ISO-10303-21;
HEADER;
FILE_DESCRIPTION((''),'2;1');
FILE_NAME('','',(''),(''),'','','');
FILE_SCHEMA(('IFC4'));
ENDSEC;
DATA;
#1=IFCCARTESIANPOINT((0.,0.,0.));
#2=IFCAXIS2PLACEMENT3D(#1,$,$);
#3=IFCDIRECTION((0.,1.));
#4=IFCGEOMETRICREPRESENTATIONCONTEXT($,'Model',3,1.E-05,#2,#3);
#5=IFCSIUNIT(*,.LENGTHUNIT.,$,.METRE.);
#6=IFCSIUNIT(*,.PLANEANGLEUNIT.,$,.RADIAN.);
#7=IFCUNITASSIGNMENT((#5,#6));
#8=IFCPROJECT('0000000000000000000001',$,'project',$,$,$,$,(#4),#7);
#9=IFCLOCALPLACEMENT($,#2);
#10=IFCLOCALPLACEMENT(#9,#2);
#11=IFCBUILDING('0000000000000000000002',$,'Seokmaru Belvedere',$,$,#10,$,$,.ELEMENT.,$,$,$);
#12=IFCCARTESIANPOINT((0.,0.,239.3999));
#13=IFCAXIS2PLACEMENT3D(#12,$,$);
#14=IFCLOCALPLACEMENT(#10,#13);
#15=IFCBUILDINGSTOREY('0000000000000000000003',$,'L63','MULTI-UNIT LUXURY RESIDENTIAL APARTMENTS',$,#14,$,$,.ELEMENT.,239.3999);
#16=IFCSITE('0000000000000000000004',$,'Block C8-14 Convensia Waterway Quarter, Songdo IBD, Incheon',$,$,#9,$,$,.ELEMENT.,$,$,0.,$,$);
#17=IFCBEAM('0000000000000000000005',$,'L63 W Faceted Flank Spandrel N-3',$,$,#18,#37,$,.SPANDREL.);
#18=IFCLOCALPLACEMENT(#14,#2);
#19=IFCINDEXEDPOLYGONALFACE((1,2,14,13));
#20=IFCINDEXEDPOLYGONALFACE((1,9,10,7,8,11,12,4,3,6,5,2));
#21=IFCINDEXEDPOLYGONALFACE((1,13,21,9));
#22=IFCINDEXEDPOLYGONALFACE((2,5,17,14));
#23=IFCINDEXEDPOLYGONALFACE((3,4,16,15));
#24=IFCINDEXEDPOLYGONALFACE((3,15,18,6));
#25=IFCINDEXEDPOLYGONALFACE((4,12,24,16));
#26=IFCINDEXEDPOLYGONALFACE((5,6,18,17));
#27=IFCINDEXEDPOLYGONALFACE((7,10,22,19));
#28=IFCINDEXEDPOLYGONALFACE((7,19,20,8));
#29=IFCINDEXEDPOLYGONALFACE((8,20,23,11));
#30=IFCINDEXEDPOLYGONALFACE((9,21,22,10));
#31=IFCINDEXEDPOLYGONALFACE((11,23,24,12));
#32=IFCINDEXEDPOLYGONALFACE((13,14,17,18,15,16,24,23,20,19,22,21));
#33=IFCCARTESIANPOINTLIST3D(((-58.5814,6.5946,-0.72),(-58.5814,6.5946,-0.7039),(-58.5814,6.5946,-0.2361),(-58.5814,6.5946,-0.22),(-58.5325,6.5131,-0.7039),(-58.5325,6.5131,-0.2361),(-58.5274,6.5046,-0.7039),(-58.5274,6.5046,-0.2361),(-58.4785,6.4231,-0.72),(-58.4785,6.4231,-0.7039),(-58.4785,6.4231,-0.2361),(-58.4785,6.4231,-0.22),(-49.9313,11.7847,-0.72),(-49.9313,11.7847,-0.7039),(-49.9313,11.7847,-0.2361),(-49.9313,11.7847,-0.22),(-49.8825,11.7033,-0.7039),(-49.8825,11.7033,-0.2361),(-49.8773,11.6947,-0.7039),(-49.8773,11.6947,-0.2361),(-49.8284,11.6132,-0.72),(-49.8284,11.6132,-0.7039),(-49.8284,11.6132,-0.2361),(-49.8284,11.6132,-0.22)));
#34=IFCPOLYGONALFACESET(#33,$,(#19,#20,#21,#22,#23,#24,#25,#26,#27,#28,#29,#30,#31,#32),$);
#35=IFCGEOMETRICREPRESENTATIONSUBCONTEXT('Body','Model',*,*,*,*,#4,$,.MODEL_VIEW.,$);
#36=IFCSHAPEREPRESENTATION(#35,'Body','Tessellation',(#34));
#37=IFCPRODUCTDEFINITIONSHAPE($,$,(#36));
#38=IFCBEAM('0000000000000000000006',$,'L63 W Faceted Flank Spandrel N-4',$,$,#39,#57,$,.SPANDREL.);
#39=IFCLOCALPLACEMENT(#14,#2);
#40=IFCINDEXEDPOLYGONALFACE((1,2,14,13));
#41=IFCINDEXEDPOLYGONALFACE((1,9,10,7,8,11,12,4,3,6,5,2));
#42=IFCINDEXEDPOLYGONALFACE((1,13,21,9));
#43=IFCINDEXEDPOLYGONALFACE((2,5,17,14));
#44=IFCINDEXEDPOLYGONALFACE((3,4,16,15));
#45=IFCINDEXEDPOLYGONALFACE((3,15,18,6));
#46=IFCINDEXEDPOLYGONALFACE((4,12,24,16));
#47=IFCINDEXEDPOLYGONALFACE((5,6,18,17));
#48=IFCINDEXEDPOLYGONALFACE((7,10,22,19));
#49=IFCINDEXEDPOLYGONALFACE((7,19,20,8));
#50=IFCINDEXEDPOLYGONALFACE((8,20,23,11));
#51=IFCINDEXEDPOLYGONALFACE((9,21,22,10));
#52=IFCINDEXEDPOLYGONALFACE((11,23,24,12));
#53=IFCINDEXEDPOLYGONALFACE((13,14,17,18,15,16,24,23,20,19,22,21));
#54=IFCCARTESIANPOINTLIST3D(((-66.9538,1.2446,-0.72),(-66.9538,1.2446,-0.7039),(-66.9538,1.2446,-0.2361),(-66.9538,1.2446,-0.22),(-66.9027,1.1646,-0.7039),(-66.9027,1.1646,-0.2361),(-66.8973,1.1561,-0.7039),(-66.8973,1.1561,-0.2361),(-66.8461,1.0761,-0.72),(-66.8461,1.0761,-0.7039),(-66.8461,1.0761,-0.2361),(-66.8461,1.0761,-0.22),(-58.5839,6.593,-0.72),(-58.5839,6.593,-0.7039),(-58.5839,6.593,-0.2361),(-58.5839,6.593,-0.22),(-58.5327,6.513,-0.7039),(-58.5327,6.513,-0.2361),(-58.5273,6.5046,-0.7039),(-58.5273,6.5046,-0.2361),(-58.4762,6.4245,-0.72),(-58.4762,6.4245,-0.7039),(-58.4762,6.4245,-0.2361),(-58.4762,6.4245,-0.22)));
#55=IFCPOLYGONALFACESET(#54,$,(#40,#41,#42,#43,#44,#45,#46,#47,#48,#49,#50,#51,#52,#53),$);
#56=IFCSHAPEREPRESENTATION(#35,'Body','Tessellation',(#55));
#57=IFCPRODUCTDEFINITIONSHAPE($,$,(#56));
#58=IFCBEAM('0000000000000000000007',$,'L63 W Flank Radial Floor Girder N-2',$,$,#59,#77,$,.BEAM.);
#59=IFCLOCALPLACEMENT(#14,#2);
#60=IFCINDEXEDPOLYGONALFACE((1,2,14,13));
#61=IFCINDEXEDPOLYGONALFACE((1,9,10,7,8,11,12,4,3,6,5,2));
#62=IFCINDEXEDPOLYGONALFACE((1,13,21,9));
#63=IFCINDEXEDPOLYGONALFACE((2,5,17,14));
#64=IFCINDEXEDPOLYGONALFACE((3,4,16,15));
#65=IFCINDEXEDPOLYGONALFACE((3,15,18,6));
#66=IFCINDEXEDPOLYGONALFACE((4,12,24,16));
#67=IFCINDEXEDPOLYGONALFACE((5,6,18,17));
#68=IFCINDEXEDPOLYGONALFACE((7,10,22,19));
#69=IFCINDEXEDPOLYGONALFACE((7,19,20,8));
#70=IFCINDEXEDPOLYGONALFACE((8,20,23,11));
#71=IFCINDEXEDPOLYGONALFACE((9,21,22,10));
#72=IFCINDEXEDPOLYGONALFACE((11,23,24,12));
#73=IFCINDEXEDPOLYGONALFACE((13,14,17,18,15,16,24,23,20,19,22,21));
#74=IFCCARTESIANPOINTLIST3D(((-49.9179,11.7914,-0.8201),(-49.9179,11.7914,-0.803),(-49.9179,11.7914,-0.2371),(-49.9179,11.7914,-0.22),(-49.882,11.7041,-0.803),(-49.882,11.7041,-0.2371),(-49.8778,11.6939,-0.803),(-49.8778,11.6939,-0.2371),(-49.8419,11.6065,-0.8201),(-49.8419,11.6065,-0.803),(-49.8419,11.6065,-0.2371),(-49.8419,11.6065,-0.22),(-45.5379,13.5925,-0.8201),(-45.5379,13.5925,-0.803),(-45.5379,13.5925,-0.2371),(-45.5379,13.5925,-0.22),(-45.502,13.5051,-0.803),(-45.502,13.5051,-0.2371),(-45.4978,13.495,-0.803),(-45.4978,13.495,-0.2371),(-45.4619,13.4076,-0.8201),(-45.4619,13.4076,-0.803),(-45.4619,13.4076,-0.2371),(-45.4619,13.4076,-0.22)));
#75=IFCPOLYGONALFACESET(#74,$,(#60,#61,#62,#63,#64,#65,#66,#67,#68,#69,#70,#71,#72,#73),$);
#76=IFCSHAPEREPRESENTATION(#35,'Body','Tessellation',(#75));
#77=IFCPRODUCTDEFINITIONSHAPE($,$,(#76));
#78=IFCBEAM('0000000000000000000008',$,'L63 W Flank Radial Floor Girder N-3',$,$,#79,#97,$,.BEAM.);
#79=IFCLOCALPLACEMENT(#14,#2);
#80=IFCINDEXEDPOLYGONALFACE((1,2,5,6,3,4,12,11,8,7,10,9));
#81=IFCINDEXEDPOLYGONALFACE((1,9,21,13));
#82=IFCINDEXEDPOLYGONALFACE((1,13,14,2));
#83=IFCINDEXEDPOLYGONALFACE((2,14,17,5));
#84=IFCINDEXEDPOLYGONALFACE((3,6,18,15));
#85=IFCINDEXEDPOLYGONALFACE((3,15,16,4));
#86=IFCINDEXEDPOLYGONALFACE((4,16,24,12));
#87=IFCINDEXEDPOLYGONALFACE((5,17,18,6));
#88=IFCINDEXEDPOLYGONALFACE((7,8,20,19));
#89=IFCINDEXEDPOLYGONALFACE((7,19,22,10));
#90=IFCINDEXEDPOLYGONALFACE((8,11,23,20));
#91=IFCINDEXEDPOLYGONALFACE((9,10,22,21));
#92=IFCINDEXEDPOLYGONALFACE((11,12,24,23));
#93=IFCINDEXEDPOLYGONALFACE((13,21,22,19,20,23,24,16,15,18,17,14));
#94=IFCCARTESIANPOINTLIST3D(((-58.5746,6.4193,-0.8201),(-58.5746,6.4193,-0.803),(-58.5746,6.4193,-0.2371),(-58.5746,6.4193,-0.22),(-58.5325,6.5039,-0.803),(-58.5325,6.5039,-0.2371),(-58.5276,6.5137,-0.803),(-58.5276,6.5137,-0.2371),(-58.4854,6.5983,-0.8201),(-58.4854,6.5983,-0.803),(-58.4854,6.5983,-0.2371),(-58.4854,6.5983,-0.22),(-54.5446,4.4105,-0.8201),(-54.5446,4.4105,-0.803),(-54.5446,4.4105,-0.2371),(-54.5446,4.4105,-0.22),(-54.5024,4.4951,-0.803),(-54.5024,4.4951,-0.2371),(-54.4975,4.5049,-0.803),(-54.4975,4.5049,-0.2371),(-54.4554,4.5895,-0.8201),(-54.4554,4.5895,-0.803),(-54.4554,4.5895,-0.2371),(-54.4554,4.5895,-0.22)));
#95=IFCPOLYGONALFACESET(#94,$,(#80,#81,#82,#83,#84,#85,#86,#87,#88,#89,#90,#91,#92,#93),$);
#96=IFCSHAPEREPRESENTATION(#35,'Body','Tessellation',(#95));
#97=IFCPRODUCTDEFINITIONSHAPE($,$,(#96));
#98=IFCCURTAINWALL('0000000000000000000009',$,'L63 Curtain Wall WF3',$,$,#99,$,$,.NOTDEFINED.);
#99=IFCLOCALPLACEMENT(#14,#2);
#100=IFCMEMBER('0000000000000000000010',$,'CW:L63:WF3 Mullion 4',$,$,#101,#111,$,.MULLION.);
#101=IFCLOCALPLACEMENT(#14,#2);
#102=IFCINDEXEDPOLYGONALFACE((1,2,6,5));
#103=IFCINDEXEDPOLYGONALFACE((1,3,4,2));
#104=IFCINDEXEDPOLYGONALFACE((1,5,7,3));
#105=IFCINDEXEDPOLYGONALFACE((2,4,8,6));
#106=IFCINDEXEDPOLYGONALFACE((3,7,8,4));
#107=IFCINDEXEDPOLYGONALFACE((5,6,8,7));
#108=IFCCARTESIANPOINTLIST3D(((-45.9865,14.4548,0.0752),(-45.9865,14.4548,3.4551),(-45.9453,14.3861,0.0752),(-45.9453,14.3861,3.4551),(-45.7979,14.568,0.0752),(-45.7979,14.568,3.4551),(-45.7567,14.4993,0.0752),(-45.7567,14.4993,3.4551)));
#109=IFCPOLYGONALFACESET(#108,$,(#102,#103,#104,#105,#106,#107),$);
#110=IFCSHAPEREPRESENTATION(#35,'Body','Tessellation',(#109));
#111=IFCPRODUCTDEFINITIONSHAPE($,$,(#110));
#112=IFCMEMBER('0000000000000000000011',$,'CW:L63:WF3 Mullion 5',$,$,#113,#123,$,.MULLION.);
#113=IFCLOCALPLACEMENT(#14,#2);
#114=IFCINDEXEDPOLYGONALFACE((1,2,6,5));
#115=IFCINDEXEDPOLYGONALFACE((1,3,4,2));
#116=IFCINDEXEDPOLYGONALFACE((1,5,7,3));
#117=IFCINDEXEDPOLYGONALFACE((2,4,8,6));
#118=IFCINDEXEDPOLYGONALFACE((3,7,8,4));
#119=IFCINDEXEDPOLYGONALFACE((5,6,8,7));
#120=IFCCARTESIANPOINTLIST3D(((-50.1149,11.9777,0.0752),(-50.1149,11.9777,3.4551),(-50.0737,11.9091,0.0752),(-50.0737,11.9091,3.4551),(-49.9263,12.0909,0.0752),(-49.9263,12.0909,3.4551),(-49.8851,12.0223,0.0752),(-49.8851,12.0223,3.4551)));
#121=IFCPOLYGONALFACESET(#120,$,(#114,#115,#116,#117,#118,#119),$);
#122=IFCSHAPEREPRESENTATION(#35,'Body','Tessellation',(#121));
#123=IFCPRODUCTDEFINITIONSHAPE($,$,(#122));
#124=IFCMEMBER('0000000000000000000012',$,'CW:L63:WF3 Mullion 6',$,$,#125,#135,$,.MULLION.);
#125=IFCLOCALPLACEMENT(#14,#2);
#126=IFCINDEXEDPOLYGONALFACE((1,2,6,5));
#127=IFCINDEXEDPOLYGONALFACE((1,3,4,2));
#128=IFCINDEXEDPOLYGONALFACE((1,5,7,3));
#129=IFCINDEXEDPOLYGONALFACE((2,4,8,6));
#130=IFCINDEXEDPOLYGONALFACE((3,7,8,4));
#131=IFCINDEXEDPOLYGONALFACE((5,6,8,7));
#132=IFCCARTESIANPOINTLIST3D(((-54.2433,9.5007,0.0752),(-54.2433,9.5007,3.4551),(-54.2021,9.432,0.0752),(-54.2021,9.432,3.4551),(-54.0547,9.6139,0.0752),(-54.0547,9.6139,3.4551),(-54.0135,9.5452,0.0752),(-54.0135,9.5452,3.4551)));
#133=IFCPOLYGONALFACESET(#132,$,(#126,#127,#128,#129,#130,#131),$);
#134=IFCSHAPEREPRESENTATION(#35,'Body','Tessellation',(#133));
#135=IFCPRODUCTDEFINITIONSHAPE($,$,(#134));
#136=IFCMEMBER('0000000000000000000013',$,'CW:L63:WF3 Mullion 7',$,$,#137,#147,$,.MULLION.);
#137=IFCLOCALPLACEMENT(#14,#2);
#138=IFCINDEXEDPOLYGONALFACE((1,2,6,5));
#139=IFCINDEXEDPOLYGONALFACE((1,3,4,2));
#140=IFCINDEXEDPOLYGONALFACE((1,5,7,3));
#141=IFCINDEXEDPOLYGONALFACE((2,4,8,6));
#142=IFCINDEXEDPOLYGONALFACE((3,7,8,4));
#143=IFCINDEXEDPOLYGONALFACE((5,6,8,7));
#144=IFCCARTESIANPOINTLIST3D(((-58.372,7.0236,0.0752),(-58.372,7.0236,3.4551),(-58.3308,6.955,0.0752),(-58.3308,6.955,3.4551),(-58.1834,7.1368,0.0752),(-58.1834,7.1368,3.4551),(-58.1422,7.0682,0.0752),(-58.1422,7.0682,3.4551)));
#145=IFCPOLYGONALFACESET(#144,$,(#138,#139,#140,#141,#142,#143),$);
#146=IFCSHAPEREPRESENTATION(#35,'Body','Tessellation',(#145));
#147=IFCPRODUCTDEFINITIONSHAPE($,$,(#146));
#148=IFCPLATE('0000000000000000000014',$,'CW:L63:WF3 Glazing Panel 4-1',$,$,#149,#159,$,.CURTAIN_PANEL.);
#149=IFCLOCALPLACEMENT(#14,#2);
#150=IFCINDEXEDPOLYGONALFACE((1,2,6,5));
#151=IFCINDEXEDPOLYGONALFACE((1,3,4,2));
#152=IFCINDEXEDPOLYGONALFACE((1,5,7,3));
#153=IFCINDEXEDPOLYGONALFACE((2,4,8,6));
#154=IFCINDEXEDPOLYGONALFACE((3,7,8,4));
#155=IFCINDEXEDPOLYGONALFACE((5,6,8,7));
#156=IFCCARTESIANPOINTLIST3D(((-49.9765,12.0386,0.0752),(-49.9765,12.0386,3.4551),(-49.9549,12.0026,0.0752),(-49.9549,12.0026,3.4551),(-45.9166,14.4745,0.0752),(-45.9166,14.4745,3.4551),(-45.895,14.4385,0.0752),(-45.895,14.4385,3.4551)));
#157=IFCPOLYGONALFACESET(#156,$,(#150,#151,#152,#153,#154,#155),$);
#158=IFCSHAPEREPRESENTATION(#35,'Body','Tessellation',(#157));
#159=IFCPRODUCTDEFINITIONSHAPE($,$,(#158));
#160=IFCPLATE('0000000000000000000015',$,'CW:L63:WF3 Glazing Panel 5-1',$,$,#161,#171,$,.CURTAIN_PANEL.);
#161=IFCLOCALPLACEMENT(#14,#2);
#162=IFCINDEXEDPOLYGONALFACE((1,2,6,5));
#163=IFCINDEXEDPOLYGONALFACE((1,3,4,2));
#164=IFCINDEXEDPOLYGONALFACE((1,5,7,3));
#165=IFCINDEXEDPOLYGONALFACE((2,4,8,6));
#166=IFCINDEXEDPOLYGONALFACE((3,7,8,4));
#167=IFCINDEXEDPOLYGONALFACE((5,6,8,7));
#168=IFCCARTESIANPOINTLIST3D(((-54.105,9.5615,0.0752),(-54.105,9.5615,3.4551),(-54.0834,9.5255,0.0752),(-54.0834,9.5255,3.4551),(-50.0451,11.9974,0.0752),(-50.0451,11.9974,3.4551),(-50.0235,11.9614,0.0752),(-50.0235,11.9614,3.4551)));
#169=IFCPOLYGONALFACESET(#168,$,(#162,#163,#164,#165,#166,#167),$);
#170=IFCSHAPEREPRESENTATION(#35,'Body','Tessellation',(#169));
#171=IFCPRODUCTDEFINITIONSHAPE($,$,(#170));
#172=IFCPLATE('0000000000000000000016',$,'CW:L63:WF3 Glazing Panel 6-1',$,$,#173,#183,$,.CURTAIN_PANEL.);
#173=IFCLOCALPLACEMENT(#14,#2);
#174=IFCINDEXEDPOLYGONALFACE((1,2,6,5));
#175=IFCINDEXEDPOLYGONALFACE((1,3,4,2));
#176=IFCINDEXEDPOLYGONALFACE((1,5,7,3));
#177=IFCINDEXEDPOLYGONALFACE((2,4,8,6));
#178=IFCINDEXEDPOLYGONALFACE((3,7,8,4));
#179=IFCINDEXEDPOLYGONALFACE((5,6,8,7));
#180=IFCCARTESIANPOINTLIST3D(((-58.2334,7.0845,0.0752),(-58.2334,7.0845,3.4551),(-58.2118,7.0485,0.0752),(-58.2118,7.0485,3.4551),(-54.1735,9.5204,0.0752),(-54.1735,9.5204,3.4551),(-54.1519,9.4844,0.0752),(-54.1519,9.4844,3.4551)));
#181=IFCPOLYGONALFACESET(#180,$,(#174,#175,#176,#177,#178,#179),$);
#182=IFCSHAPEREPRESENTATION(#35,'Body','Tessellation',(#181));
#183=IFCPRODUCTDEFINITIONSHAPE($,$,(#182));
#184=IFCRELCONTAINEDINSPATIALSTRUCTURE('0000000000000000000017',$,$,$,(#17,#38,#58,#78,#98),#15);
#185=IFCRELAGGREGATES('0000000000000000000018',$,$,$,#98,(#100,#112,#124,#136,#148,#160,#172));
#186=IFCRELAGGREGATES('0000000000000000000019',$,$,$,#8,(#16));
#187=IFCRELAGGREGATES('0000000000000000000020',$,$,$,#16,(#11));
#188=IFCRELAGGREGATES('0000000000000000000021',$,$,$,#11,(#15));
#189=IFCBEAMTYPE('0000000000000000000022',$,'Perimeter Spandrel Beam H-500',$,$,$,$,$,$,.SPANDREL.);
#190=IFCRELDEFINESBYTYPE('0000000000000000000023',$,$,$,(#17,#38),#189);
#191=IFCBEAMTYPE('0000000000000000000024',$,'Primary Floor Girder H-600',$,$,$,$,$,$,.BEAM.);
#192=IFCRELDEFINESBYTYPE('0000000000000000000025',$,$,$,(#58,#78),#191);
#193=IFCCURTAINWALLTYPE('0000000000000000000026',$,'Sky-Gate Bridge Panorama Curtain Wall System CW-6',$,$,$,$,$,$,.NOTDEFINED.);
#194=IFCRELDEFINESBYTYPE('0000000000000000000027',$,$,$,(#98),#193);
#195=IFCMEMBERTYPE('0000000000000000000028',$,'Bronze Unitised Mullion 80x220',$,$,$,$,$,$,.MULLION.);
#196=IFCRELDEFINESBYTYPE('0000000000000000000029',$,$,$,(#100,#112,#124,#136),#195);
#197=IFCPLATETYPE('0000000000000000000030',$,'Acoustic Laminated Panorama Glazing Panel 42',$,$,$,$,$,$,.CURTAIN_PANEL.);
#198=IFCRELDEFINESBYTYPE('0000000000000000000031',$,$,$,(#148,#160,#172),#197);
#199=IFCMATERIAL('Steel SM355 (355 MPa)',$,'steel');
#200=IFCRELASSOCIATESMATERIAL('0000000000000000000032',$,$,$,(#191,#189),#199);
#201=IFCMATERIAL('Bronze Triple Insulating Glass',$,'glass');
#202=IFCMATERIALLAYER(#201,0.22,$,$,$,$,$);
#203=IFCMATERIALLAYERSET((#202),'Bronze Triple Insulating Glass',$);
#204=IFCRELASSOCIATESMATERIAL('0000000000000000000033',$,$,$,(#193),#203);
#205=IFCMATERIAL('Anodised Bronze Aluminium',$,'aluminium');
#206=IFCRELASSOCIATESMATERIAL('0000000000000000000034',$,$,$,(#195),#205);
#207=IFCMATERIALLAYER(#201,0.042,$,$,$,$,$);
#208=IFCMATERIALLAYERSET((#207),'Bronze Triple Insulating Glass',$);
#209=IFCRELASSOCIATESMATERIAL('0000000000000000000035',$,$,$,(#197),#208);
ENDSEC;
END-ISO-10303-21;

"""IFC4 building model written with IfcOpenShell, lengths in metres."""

from ifc_helpers import new_model, si_unit, direction, frame, origin, origin_2d, place, context, subcontext, project, spatial, rectangle, i_section, extrude, source, transform, mapped, material, layer, layer_set, material_profile, profile_set, type_object, type_shapes, element, aggregate, save


model = new_model("IFC4")

# Units and contexts
model_context = context("Model", 3, precision=1e-05, world=origin(), true_north=direction((0.0, 1.0)))
body_context = subcontext(model_context, "Body", "Model", "MODEL_VIEW")
ifc_project = project(units=[si_unit("LENGTHUNIT", "METRE"), si_unit("PLANEANGLEUNIT", "RADIAN")], contexts=[model_context])

# Site, building, storey
site_placement = place(None, origin())
site = spatial("IfcSite", under=ifc_project, at=site_placement, Name="Block C8-14 Convensia Waterway Quarter, Songdo IBD, Incheon", CompositionType="ELEMENT", RefElevation=0.0)
building_placement = place(site_placement, origin())
building = spatial("IfcBuilding", under=site, at=building_placement, Name="Seokmaru Belvedere", CompositionType="ELEMENT")
storey_placement = place(building_placement, frame((0.0, 0.0, 239.3999)))
storey = spatial("IfcBuildingStorey", under=building, at=storey_placement, Name="L63", Description="MULTI-UNIT LUXURY RESIDENTIAL APARTMENTS", CompositionType="ELEMENT", Elevation=239.3999)

# Shared definitions
ifc_material_1 = material(Name="Steel SM355 (355 MPa)", Category="steel")

# Beams
ifc_material_profile_1 = material_profile(ifc_material_1, i_section(OverallWidth=0.2, OverallDepth=0.6001, WebThickness=0.011, FlangeThickness=0.0171, at=origin_2d()), Name="H-600x200x11x17")
ifc_profile_set_1 = profile_set([ifc_material_profile_1], Name="Steel SM355 (355 MPa)")
beam_type_1 = type_object("IfcBeamType", Name="Primary Floor Girder H-600", PredefinedType="BEAM", material=ifc_profile_set_1)
ifc_material_profile_2 = material_profile(ifc_material_1, i_section(OverallWidth=0.2, OverallDepth=0.5, WebThickness=0.01, FlangeThickness=0.0161, at=origin_2d()), Name="H-500x200x10x16")
ifc_profile_set_2 = profile_set([ifc_material_profile_2], Name="Steel SM355 (355 MPa)")
beam_type_2 = type_object("IfcBeamType", Name="Perimeter Spandrel Beam H-500", PredefinedType="SPANDREL", material=ifc_profile_set_2)
shared_shape_1 = source(origin(), body_context, "Body", "SweptSolid", [
    extrude(i_section(OverallWidth=0.2, OverallDepth=0.5, WebThickness=0.01, FlangeThickness=0.0161, at=origin_2d()), origin(), (0.0, 0.0, 1.0), 10.0876),
])
beam_1_placement = place(storey_placement, frame((-49.8799, 11.699, -0.47), z_axis=(-0.857489, -0.514503, 0.0), x_axis=(0.514503, -0.857489, 0.0)))
element("IfcBeam", 1, at=beam_1_placement, inside=storey, type_object=beam_type_2, Name="L63 W Faceted Flank Spandrel N-3", PredefinedType="SPANDREL", context=body_context, shape_type="MappedRepresentation", body=[
    mapped(shared_shape_1, transform((0.0, 0.0, 0.0), scale=1.0)),
])
shared_shape_2 = source(origin(), body_context, "Body", "SweptSolid", [
    extrude(i_section(OverallWidth=0.2, OverallDepth=0.5, WebThickness=0.01, FlangeThickness=0.0161, at=origin_2d()), origin(), (0.0, 0.0, 1.0), 9.9329),
])
type_shapes(beam_type_2, [shared_shape_1, shared_shape_2])
beam_2_placement = place(storey_placement, frame((-58.53, 6.5088, -0.47), z_axis=(-0.842652, -0.538459, 0.0), x_axis=(0.538459, -0.842652, 0.0)))
element("IfcBeam", 2, at=beam_2_placement, inside=storey, type_object=beam_type_2, Name="L63 W Faceted Flank Spandrel N-4", PredefinedType="SPANDREL", context=body_context, shape_type="MappedRepresentation", body=[
    mapped(shared_shape_2, transform((0.0, 0.0, 0.0), scale=1.0)),
])
shared_shape_3 = source(origin(), body_context, "Body", "SweptSolid", [
    extrude(i_section(OverallWidth=0.2, OverallDepth=0.6001, WebThickness=0.011, FlangeThickness=0.0171, at=origin_2d()), origin(), (0.0, 0.0, 1.0), 4.7358),
])
beam_3_placement = place(storey_placement, frame((-49.8799, 11.699, -0.52), z_axis=(0.924861, 0.380306, 0.0), x_axis=(-0.380306, 0.924861, 0.0)))
element("IfcBeam", 3, at=beam_3_placement, inside=storey, type_object=beam_type_1, Name="L63 W Flank Radial Floor Girder N-2", PredefinedType="BEAM", context=body_context, shape_type="MappedRepresentation", body=[
    mapped(shared_shape_3, transform((0.0, 0.0, 0.0), scale=1.0)),
])
shared_shape_4 = source(origin(), body_context, "Body", "SweptSolid", [
    extrude(i_section(OverallWidth=0.2, OverallDepth=0.6001, WebThickness=0.011, FlangeThickness=0.0171, at=origin_2d()), origin(), (0.0, 0.0, 1.0), 4.5029),
])
beam_4_placement = place(storey_placement, frame((-58.53, 6.5088, -0.52), z_axis=(0.89498, -0.446107, 0.0), x_axis=(0.446107, 0.89498, 0.0)))
element("IfcBeam", 4, at=beam_4_placement, inside=storey, type_object=beam_type_1, Name="L63 W Flank Radial Floor Girder N-3", PredefinedType="BEAM", context=body_context, shape_type="MappedRepresentation", body=[
    mapped(shared_shape_4, transform((0.0, 0.0, 0.0), scale=1.0)),
])

# Curtain wall, members, plates
ifc_material_2 = material(Name="Bronze Triple Insulating Glass", Category="glass")
ifc_layer_1 = layer(ifc_material_2, 0.22)
ifc_layer_set_1 = layer_set([ifc_layer_1], Name="Bronze Triple Insulating Glass")
curtain_wall_type = type_object("IfcCurtainWallType", Name="Sky-Gate Bridge Panorama Curtain Wall System CW-6", PredefinedType="NOTDEFINED", material=ifc_layer_set_1)
curtain_wall_placement = place(storey_placement, origin())
curtain_wall = element("IfcCurtainWall", 5, at=curtain_wall_placement, inside=storey, type_object=curtain_wall_type, Name="L63 Curtain Wall WF3", PredefinedType="NOTDEFINED")
ifc_material_3 = material(Name="Anodised Bronze Aluminium", Category="aluminium")
ifc_material_profile_3 = material_profile(ifc_material_3, rectangle(XDim=0.0801, YDim=0.22, at=origin_2d()), Name="CW-M-80x220")
ifc_profile_set_3 = profile_set([ifc_material_profile_3], Name="Anodised Bronze Aluminium")
member_type = type_object("IfcMemberType", Name="Bronze Unitised Mullion 80x220", PredefinedType="MULLION", material=ifc_profile_set_3)
shared_shape_5 = source(origin(), body_context, "Body", "SweptSolid", [
    extrude(rectangle(XDim=0.0801, YDim=0.22, at=origin_2d()), origin(), (0.0, 0.0, 1.0), 3.3799),
])
type_shapes(member_type, [shared_shape_5])
member_1_placement = place(storey_placement, frame((-45.8716, 14.4771, 0.0752), z_axis=(0.0, 0.0, 1.0), x_axis=(0.514495, -0.857493, 0.0)))
member_1 = element("IfcMember", 6, at=member_1_placement, type_object=member_type, Name="CW:L63:WF3 Mullion 4", PredefinedType="MULLION", context=body_context, shape_type="MappedRepresentation", body=[
    mapped(shared_shape_5, transform((0.0, 0.0, 0.0), scale=1.0)),
])
member_2_placement = place(storey_placement, frame((-50.0, 12.0, 0.0752), z_axis=(0.0, 0.0, 1.0), x_axis=(0.514495, -0.857493, 0.0)))
member_2 = element("IfcMember", 7, at=member_2_placement, type_object=member_type, Name="CW:L63:WF3 Mullion 5", PredefinedType="MULLION", context=body_context, shape_type="MappedRepresentation", body=[
    mapped(shared_shape_5, transform((0.0, 0.0, 0.0), scale=1.0)),
])
member_3_placement = place(storey_placement, frame((-54.1284, 9.5229, 0.0752), z_axis=(0.0, 0.0, 1.0), x_axis=(0.514495, -0.857493, 0.0)))
member_3 = element("IfcMember", 8, at=member_3_placement, type_object=member_type, Name="CW:L63:WF3 Mullion 6", PredefinedType="MULLION", context=body_context, shape_type="MappedRepresentation", body=[
    mapped(shared_shape_5, transform((0.0, 0.0, 0.0), scale=1.0)),
])
member_4_placement = place(storey_placement, frame((-58.2571, 7.0459, 0.0752), z_axis=(0.0, 0.0, 1.0), x_axis=(0.514495, -0.857493, 0.0)))
member_4 = element("IfcMember", 9, at=member_4_placement, type_object=member_type, Name="CW:L63:WF3 Mullion 7", PredefinedType="MULLION", context=body_context, shape_type="MappedRepresentation", body=[
    mapped(shared_shape_5, transform((0.0, 0.0, 0.0), scale=1.0)),
])
ifc_layer_2 = layer(ifc_material_2, 0.042)
ifc_layer_set_2 = layer_set([ifc_layer_2], Name="Bronze Triple Insulating Glass")
plate_type = type_object("IfcPlateType", Name="Acoustic Laminated Panorama Glazing Panel 42", PredefinedType="CURTAIN_PANEL", material=ifc_layer_set_2)
shared_shape_6 = source(origin(), body_context, "Body", "SweptSolid", [
    extrude(rectangle(XDim=4.7346, YDim=0.042, at=origin_2d()), origin(), (0.0, 0.0, 1.0), 3.3799),
])
type_shapes(plate_type, [shared_shape_6])
plate_1_placement = place(storey_placement, frame((-47.9358, 13.2385, 0.0752), z_axis=(0.0, 0.0, 1.0), x_axis=(-0.857493, -0.514495, 0.0)))
plate_1 = element("IfcPlate", 10, at=plate_1_placement, type_object=plate_type, Name="CW:L63:WF3 Glazing Panel 4-1", PredefinedType="CURTAIN_PANEL", context=body_context, shape_type="MappedRepresentation", body=[
    mapped(shared_shape_6, transform((0.0, 0.0, 0.0), scale=1.0)),
])
plate_2_placement = place(storey_placement, frame((-52.0642, 10.7615, 0.0752), z_axis=(0.0, 0.0, 1.0), x_axis=(-0.857493, -0.514495, 0.0)))
plate_2 = element("IfcPlate", 11, at=plate_2_placement, type_object=plate_type, Name="CW:L63:WF3 Glazing Panel 5-1", PredefinedType="CURTAIN_PANEL", context=body_context, shape_type="MappedRepresentation", body=[
    mapped(shared_shape_6, transform((0.0, 0.0, 0.0), scale=1.0)),
])
plate_3_placement = place(storey_placement, frame((-56.1926, 8.2844, 0.0752), z_axis=(0.0, 0.0, 1.0), x_axis=(-0.857493, -0.514495, 0.0)))
plate_3 = element("IfcPlate", 12, at=plate_3_placement, type_object=plate_type, Name="CW:L63:WF3 Glazing Panel 6-1", PredefinedType="CURTAIN_PANEL", context=body_context, shape_type="MappedRepresentation", body=[
    mapped(shared_shape_6, transform((0.0, 0.0, 0.0), scale=1.0)),
])
aggregate(curtain_wall, [member_1, member_2, member_3, member_4, plate_1, plate_2, plate_3])

save(model, "model.ifc")
